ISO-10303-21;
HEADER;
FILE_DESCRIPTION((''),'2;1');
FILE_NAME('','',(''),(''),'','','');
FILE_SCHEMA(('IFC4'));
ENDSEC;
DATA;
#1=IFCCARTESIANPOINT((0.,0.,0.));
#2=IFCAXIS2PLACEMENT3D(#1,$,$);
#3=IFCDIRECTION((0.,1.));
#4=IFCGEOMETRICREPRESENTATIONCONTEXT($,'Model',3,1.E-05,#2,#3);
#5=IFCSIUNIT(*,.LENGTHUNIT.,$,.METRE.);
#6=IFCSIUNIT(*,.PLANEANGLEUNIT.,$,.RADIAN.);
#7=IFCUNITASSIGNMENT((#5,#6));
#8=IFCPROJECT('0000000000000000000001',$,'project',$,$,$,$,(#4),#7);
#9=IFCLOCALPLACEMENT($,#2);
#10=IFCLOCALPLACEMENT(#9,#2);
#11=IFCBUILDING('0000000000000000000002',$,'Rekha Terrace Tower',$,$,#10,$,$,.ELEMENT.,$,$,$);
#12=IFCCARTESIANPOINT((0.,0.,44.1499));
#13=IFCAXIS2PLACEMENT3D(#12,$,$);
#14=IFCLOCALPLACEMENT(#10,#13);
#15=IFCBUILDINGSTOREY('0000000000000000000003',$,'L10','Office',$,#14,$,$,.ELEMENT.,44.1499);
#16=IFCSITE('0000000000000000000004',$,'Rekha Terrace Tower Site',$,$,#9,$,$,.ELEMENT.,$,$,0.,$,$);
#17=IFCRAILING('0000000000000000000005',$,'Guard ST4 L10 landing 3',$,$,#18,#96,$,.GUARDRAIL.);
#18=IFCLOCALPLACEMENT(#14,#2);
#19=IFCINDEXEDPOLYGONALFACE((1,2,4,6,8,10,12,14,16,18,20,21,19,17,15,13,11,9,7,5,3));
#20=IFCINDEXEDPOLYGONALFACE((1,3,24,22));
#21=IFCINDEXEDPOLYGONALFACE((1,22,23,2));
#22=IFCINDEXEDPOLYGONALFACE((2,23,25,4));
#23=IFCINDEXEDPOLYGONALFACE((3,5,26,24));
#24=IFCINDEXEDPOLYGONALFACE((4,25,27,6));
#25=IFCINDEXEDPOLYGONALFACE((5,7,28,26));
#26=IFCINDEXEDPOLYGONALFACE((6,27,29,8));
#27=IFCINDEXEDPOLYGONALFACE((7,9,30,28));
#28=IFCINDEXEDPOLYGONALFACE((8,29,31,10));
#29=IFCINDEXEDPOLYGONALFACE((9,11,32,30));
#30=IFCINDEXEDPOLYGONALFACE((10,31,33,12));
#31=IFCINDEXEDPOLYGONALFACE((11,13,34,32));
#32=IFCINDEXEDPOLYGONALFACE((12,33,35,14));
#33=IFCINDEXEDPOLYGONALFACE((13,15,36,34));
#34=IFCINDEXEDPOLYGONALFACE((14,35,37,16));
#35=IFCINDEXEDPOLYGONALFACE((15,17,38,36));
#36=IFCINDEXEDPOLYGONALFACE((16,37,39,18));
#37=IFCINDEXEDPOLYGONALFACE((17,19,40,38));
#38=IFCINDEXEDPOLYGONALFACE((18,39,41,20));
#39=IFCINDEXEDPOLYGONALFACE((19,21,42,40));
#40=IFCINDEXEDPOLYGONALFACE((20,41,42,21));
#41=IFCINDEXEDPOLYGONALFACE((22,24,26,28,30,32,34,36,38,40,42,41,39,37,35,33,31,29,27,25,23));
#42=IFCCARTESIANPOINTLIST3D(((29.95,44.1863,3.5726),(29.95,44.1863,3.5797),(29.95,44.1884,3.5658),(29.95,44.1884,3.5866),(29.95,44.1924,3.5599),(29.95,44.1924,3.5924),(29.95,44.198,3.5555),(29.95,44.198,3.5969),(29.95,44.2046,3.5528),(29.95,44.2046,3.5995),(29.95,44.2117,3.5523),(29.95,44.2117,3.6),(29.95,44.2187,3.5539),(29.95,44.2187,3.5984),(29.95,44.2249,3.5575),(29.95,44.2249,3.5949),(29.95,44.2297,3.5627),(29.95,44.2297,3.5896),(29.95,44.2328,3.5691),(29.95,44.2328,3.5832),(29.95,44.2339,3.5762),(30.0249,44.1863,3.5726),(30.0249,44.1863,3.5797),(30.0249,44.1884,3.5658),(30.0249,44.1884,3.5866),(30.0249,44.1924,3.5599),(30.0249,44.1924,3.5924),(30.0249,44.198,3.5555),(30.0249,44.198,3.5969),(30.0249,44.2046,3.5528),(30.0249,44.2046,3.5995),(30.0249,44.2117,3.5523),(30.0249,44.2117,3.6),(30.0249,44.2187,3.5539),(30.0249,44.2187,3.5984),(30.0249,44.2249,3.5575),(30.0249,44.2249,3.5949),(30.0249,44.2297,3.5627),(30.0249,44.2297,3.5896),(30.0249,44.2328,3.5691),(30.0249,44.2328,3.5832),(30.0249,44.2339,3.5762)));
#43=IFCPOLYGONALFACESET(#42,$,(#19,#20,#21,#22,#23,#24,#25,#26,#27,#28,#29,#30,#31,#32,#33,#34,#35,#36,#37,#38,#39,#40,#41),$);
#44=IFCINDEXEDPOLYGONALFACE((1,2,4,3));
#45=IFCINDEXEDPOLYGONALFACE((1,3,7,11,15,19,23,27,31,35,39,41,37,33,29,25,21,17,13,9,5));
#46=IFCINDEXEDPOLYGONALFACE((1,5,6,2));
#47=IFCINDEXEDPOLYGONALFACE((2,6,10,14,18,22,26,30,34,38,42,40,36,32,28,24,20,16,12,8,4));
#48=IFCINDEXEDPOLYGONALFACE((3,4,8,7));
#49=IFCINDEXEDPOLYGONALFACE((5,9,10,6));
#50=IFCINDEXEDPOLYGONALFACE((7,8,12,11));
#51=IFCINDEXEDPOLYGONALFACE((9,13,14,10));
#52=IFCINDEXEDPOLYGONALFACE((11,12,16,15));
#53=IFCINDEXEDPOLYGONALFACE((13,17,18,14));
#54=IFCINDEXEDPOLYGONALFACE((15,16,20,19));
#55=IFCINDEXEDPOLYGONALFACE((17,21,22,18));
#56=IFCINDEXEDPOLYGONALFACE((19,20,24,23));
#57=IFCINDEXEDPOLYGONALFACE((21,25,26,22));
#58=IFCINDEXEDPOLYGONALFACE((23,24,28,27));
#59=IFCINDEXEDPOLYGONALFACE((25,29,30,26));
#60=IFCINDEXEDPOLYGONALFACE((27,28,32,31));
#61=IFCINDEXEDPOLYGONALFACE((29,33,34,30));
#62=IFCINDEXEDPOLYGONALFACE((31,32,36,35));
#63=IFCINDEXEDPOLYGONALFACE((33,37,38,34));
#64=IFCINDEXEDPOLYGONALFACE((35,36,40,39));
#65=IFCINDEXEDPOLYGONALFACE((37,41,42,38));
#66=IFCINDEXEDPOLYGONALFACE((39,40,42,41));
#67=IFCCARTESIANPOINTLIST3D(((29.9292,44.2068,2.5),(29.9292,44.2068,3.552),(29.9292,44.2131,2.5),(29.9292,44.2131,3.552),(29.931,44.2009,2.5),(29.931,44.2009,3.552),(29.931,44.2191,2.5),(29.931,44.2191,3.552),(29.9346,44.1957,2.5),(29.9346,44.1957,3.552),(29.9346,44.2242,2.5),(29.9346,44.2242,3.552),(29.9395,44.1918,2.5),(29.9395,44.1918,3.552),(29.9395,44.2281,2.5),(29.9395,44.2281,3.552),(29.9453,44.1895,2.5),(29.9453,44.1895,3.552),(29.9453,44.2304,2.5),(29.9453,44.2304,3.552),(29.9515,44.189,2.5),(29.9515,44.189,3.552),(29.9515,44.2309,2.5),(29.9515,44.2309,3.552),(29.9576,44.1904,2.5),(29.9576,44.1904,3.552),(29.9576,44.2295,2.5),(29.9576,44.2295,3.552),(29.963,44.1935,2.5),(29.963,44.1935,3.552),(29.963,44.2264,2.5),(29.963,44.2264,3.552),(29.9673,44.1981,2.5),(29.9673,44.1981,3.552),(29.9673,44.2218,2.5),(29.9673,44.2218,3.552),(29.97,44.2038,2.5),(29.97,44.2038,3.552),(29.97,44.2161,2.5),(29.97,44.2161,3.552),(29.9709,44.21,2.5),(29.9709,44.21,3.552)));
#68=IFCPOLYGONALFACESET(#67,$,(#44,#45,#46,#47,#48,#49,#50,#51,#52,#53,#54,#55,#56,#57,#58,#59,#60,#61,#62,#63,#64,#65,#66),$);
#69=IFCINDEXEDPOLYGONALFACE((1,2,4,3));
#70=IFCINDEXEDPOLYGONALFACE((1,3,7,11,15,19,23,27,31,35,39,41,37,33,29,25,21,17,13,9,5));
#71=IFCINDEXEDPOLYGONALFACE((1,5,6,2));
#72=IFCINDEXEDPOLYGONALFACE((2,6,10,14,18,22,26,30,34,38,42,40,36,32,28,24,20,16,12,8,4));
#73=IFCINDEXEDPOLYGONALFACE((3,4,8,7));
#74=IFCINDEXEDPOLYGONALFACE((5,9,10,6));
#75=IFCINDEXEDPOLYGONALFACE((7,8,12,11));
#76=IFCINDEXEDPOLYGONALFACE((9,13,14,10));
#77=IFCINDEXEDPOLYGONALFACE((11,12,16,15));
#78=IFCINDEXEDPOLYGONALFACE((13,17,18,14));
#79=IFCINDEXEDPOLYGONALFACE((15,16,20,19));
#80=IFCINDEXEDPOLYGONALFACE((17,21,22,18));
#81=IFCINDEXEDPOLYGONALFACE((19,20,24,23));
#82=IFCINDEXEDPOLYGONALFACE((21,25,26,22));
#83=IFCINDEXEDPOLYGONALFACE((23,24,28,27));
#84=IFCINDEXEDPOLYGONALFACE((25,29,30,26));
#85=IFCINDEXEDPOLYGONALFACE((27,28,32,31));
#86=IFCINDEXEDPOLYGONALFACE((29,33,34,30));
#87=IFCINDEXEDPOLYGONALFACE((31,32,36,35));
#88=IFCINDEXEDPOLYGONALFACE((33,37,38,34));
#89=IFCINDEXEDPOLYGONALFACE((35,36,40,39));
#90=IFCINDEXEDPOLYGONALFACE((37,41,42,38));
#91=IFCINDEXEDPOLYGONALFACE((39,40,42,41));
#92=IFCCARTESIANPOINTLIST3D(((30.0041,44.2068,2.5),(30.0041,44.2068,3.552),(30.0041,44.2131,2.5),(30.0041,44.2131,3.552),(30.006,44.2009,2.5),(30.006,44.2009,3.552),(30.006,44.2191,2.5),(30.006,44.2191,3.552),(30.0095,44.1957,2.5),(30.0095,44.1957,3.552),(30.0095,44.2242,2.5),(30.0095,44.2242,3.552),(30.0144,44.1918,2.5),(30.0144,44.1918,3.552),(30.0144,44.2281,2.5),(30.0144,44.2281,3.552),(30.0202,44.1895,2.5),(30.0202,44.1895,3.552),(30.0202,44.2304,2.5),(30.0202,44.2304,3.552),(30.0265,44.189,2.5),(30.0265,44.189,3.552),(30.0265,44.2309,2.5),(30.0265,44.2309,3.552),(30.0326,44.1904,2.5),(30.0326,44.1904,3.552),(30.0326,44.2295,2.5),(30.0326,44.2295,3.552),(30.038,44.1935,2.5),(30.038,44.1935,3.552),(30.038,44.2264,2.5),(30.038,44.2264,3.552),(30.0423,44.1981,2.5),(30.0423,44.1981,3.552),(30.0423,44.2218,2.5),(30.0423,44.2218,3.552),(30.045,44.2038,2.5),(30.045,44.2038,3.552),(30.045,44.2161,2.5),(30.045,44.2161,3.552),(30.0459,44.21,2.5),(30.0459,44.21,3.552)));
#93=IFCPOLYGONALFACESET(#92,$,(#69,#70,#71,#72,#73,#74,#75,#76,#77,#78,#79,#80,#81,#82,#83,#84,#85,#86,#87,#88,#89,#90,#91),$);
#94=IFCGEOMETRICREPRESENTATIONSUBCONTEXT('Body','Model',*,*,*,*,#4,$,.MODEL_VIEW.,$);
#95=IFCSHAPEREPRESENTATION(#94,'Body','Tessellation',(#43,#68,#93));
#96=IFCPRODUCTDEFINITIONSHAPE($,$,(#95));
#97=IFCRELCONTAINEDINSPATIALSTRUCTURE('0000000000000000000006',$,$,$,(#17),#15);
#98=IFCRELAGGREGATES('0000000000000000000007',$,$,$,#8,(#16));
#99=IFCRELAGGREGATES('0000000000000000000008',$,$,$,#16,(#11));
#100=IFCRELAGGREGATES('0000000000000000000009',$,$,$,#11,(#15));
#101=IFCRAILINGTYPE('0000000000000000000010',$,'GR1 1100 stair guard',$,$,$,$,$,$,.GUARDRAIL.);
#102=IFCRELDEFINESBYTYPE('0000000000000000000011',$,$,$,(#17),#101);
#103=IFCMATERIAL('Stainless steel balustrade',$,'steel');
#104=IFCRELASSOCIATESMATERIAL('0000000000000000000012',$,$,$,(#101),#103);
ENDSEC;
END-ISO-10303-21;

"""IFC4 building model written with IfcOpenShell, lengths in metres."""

from ifc_helpers import new_model, si_unit, direction, frame, origin, origin_2d, place, context, subcontext, project, spatial, circle, extrude, material, type_object, element, save


model = new_model("IFC4")

# Units and contexts
model_context = context("Model", 3, precision=1e-05, world=origin(), true_north=direction((0.0, 1.0)))
body_context = subcontext(model_context, "Body", "Model", "MODEL_VIEW")
ifc_project = project(units=[si_unit("LENGTHUNIT", "METRE"), si_unit("PLANEANGLEUNIT", "RADIAN")], contexts=[model_context])

# Site, building, storey
site_placement = place(None, origin())
site = spatial("IfcSite", under=ifc_project, at=site_placement, Name="Rekha Terrace Tower Site", CompositionType="ELEMENT", RefElevation=0.0)
building_placement = place(site_placement, origin())
building = spatial("IfcBuilding", under=site, at=building_placement, Name="Rekha Terrace Tower", CompositionType="ELEMENT")
storey_placement = place(building_placement, frame((0.0, 0.0, 44.1499)))
storey = spatial("IfcBuildingStorey", under=building, at=storey_placement, Name="L10", Description="Office", CompositionType="ELEMENT", Elevation=44.1499)

# Railing
ifc_material_1 = material(Name="Stainless steel balustrade", Category="steel")
railing_type_1 = type_object("IfcRailingType", Name="GR1 1100 stair guard", PredefinedType="GUARDRAIL", material=ifc_material_1)
railing_1_placement = place(storey_placement, frame((29.95, 44.21, 2.5)))
element("IfcRailing", 1, at=railing_1_placement, inside=storey, type_object=railing_type_1, Name="Guard ST4 L10 landing 3", PredefinedType="GUARDRAIL", context=body_context, shape_type="SweptSolid", body=[
    extrude(circle(Radius=0.0239, at=origin_2d()), frame((0.0, 0.0, 1.0762), z_axis=(1.0, 0.0, 0.0), x_axis=(0.0, 1.0, 0.0)), (0.0, 0.0, 1.0), 0.075),
    extrude(circle(Radius=0.021, at=origin_2d()), origin(), (0.0, 0.0, 1.0), 1.052),
    extrude(circle(Radius=0.021, at=origin_2d()), frame((0.075, 0.0, 0.0)), (0.0, 0.0, 1.0), 1.052),
])

save(model, "model.ifc")
